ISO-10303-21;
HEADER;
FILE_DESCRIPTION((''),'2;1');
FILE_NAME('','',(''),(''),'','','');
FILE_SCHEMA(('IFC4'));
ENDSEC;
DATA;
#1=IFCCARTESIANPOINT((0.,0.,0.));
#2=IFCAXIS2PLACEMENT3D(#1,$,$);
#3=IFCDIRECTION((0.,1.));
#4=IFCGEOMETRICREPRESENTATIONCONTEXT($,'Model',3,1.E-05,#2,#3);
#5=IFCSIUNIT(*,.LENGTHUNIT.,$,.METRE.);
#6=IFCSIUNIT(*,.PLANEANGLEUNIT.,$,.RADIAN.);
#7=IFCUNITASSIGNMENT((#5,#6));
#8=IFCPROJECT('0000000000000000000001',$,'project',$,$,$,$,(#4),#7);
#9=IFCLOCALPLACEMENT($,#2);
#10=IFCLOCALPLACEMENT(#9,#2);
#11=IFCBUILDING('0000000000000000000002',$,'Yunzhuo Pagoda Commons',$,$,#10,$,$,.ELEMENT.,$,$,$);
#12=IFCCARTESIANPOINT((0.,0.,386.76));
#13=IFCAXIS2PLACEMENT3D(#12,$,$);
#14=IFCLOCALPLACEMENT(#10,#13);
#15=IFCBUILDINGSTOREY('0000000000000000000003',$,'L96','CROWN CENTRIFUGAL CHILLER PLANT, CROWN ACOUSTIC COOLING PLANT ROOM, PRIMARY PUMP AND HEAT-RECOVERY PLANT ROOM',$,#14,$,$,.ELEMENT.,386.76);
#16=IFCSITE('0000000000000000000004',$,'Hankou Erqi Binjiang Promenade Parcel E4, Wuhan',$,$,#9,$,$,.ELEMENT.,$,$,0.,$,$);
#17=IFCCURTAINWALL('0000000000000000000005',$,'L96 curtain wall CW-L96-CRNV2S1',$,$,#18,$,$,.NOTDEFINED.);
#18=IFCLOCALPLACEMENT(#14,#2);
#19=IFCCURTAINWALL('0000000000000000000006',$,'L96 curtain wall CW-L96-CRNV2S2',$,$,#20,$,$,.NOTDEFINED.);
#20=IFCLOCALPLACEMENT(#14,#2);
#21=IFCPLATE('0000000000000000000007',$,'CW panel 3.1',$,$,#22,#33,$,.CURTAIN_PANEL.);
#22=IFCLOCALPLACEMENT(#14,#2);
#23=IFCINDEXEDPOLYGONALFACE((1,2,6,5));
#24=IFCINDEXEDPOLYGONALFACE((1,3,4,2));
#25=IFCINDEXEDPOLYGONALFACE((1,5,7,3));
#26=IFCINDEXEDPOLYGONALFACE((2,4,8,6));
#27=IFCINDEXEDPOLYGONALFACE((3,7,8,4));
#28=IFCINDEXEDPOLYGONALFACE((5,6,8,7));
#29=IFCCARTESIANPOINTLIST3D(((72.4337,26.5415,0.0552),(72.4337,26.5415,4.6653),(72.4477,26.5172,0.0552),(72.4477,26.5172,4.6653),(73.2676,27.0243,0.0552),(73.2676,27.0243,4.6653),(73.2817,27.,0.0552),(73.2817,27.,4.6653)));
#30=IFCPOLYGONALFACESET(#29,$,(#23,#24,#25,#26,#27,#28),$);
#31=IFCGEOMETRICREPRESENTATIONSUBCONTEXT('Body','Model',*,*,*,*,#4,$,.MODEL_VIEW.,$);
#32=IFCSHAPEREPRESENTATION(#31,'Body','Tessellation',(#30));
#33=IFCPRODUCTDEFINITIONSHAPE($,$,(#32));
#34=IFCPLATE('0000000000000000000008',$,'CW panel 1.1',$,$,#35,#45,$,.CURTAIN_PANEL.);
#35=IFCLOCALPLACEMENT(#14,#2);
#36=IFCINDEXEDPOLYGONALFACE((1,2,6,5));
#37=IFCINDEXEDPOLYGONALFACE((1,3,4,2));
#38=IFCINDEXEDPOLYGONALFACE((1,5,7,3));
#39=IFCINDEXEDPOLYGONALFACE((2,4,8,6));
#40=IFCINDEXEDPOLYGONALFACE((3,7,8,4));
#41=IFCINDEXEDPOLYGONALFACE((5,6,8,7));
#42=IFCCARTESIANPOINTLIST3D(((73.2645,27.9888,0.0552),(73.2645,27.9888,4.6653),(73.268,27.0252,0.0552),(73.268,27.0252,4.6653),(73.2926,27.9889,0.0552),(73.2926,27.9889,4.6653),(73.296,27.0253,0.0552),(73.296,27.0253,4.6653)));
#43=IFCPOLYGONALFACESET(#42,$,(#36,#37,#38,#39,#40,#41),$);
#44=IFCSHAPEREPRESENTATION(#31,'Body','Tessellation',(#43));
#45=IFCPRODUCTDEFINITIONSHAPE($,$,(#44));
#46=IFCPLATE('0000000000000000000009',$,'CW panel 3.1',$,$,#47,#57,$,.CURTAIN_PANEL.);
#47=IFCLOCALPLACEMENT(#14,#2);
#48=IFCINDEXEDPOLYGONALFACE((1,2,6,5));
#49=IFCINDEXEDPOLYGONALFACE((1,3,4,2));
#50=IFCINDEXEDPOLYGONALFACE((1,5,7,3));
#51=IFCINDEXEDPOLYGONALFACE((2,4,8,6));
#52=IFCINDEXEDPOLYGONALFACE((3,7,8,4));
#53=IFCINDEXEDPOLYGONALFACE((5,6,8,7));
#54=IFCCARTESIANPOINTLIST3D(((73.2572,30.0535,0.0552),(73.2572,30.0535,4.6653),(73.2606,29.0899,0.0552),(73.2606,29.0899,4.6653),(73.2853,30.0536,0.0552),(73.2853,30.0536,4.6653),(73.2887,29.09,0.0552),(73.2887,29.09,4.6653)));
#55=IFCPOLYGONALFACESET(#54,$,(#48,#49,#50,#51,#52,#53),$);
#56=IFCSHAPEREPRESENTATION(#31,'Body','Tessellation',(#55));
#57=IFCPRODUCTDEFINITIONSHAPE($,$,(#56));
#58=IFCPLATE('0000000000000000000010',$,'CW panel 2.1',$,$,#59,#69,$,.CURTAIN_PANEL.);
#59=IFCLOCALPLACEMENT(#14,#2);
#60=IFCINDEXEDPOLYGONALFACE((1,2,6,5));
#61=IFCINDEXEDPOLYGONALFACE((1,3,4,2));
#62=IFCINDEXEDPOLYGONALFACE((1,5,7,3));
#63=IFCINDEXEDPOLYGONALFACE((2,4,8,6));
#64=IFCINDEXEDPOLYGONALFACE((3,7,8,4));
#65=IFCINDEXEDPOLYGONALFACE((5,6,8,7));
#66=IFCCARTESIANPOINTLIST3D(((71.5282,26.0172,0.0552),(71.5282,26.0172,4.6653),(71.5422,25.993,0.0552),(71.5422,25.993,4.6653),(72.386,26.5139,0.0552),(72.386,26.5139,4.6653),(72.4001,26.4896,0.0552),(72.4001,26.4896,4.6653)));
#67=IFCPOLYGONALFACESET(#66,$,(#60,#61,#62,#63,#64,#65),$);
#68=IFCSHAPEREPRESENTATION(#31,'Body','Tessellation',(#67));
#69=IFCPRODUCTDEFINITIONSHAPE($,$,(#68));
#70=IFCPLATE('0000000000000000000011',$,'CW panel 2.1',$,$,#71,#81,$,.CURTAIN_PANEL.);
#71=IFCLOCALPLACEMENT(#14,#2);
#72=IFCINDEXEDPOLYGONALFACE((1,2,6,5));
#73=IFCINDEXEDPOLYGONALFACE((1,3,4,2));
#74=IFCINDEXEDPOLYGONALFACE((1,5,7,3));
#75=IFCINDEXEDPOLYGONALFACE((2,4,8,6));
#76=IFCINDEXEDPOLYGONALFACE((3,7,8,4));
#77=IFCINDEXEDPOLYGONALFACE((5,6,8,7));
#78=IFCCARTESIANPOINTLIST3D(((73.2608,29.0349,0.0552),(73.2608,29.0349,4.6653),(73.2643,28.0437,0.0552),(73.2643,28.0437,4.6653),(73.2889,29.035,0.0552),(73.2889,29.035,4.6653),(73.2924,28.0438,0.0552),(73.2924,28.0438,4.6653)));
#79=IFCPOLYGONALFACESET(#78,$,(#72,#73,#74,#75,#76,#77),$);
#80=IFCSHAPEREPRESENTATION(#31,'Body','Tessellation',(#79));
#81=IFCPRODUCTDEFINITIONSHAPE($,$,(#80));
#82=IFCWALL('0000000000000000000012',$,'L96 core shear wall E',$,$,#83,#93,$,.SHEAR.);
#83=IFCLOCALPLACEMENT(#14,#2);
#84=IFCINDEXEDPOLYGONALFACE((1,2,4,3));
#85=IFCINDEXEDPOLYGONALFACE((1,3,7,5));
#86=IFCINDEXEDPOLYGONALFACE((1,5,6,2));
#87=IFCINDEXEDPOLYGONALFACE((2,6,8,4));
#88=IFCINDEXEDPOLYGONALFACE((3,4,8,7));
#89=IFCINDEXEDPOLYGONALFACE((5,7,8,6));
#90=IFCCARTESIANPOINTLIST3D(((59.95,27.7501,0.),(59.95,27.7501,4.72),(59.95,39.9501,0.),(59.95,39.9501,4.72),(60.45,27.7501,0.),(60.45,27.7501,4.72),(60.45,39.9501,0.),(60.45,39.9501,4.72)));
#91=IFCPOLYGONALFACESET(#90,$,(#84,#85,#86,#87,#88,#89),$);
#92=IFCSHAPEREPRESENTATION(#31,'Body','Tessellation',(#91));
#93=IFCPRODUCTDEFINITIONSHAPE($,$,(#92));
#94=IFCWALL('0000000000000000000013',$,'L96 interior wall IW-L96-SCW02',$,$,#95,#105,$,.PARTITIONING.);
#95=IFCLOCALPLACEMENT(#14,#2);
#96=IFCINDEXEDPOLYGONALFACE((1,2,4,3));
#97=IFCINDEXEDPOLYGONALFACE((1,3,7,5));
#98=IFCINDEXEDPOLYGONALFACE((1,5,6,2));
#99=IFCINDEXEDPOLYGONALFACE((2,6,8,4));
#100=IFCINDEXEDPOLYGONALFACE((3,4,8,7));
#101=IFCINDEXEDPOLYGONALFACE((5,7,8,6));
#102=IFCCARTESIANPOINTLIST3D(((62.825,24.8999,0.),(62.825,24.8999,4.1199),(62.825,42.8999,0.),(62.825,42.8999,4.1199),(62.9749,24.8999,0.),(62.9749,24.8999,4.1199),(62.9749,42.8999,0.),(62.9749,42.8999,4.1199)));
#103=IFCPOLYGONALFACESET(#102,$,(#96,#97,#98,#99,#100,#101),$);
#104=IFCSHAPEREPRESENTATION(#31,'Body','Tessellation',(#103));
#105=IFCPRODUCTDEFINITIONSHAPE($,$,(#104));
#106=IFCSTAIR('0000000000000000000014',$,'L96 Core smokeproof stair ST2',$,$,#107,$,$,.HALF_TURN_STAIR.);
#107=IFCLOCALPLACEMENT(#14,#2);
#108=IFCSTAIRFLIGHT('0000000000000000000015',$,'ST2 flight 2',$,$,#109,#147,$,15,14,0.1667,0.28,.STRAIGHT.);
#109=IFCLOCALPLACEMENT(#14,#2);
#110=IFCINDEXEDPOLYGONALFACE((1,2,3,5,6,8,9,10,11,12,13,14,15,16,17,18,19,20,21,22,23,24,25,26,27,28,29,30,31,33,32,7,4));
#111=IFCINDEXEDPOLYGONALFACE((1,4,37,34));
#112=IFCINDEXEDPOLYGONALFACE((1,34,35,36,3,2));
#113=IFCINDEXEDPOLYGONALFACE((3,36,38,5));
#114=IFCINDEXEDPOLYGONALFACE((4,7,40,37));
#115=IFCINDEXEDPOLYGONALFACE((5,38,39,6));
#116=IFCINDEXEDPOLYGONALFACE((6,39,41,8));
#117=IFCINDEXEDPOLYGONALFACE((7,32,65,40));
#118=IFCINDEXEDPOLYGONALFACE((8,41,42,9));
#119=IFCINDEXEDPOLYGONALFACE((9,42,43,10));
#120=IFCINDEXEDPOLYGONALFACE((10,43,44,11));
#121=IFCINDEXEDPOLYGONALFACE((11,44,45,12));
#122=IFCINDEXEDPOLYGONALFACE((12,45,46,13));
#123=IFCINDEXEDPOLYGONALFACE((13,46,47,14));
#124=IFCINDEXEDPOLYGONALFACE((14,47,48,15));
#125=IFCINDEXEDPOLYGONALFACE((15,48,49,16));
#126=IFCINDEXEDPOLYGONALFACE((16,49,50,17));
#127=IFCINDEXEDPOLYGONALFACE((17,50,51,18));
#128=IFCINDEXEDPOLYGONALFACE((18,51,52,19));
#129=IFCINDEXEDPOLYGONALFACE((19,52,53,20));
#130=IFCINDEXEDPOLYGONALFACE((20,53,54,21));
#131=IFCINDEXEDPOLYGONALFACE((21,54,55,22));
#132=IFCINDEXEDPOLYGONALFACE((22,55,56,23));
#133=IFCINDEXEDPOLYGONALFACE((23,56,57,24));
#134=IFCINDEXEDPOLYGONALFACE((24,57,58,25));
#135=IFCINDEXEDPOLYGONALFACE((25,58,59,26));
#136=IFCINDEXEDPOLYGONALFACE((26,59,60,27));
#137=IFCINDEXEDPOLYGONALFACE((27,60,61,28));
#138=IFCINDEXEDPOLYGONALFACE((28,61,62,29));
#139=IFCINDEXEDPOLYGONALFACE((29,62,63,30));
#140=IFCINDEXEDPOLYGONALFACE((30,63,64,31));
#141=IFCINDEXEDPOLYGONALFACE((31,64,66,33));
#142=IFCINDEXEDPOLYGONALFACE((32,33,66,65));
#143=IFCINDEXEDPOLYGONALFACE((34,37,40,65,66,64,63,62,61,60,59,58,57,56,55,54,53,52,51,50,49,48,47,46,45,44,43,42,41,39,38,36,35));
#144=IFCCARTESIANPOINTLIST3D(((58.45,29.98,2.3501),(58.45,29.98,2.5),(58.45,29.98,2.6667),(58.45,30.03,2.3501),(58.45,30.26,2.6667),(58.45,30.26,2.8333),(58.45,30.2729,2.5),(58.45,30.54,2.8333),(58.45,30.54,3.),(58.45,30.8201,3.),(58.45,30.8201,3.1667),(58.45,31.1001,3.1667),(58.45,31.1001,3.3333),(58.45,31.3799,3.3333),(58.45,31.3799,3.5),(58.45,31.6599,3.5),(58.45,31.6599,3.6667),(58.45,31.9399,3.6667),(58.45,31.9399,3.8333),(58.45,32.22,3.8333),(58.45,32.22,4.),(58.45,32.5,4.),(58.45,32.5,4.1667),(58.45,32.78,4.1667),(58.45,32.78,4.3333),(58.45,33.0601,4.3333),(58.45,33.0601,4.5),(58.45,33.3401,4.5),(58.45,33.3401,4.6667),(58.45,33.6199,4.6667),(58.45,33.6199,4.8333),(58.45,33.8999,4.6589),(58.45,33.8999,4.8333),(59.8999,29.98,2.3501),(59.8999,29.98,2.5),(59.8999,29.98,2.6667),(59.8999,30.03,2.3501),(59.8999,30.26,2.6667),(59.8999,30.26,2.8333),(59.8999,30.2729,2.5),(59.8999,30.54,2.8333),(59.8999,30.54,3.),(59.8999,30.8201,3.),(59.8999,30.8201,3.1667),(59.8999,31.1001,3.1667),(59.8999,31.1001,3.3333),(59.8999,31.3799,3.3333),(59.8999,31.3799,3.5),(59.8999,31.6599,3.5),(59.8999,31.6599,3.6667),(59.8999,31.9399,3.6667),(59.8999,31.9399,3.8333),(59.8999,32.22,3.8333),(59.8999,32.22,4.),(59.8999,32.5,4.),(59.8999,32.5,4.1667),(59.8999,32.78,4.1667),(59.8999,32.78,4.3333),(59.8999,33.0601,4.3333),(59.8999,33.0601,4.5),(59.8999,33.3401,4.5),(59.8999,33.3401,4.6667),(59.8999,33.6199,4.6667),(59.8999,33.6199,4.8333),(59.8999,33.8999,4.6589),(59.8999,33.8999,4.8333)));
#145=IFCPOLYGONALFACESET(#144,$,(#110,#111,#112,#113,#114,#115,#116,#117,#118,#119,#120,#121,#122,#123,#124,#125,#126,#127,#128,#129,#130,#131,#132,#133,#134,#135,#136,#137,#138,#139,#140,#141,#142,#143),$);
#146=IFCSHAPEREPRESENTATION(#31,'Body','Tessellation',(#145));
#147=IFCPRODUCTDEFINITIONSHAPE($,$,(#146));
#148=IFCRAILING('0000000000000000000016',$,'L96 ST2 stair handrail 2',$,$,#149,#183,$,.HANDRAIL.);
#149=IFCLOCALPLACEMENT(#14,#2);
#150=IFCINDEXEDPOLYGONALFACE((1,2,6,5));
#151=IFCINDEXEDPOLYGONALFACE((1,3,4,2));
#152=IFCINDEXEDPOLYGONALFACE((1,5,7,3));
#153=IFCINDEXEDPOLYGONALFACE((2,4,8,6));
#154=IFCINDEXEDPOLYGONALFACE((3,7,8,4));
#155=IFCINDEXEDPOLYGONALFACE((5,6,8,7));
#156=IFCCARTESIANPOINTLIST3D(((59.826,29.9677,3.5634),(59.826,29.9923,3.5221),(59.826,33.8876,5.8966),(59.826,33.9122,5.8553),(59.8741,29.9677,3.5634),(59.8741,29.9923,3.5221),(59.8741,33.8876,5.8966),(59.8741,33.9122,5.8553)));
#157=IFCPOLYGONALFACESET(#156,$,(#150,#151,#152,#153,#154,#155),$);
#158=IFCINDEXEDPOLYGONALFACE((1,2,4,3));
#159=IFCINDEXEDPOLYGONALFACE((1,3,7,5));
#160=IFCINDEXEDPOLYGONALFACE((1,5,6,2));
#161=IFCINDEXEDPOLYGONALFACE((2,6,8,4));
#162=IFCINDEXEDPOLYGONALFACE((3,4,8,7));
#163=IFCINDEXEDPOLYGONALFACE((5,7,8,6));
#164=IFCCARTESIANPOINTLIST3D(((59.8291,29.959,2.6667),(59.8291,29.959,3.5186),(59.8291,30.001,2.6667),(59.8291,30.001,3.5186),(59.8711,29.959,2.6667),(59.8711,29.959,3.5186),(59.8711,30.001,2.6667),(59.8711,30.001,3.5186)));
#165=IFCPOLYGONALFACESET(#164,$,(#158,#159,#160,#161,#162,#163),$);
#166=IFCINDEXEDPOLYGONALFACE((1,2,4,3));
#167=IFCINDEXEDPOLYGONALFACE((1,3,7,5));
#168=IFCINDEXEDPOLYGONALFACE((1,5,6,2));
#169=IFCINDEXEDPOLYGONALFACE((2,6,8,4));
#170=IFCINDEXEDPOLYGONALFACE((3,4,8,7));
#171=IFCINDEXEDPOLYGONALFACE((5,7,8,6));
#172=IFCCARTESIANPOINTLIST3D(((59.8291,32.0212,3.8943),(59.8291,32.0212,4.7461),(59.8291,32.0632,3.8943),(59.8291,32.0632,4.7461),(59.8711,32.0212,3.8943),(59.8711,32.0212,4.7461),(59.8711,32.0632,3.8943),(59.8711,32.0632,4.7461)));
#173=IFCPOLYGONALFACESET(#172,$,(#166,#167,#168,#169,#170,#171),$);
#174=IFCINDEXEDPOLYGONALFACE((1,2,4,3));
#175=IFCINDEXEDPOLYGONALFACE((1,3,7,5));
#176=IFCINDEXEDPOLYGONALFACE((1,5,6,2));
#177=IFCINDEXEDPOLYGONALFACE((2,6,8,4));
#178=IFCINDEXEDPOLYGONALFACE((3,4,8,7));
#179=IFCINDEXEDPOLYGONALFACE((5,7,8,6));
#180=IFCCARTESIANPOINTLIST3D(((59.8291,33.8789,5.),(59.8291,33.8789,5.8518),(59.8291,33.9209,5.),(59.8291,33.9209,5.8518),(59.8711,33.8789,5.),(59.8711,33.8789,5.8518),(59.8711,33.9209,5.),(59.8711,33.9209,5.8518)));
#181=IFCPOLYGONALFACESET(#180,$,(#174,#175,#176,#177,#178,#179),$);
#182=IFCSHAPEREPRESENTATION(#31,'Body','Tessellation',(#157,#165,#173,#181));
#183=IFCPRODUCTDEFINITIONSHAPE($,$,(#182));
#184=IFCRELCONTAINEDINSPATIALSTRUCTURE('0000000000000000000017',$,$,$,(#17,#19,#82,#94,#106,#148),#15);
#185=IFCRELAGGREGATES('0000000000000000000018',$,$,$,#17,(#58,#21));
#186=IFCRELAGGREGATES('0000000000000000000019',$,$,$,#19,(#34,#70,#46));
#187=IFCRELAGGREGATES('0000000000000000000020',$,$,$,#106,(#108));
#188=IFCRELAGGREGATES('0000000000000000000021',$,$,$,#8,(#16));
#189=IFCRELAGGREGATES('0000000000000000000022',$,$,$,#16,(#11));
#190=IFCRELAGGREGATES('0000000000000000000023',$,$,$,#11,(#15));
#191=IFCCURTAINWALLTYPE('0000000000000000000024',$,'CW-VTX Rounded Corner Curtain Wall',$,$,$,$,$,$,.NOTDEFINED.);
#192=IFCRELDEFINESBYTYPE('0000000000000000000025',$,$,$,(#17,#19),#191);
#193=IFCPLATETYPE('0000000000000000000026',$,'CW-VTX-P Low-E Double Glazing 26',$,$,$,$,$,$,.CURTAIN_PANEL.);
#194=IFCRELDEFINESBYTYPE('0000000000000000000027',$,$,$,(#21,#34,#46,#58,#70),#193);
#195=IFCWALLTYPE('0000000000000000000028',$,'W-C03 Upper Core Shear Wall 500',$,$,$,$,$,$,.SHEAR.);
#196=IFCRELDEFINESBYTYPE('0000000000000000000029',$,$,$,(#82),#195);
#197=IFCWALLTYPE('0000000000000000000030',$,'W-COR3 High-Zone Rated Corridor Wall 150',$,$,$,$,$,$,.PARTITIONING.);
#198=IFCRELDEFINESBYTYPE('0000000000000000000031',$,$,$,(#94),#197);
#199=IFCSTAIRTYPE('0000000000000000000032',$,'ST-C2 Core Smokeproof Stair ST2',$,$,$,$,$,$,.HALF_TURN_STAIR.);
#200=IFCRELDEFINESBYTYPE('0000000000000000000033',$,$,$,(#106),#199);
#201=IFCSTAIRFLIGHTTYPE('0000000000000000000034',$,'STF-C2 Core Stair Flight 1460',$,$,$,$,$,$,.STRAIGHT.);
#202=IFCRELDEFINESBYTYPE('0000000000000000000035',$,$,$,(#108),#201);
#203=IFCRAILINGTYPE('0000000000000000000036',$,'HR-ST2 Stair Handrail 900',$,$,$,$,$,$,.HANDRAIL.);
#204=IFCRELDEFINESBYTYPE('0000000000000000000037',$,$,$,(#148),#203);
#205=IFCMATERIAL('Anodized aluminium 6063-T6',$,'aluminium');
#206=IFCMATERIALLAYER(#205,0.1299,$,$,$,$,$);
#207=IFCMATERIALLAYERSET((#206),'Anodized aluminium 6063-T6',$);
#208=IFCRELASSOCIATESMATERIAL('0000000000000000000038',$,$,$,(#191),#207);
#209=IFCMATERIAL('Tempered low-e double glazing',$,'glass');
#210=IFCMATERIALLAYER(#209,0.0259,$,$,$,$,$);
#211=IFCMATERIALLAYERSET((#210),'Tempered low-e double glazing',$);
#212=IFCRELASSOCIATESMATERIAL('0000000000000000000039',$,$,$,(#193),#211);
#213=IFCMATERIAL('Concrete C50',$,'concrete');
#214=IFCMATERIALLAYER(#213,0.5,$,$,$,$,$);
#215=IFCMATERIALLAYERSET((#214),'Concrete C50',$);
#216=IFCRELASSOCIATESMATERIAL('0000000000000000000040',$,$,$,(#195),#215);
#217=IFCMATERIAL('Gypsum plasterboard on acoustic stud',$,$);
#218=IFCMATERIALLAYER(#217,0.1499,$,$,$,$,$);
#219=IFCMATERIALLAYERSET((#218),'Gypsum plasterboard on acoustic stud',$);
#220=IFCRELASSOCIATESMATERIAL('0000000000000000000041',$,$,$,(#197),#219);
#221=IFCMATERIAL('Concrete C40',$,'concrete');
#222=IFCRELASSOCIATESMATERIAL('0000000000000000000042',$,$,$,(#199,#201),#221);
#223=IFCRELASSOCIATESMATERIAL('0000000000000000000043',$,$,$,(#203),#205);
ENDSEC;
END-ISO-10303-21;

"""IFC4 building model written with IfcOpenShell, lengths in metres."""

from ifc_helpers import new_model, si_unit, direction, frame, frame_2d, origin, origin_2d, place, context, subcontext, project, spatial, polyline, rectangle, outline, extrude, source, transform, mapped, material, layer, layer_set, type_object, element, aggregate, save


model = new_model("IFC4")

# Units and contexts
model_context = context("Model", 3, precision=1e-05, world=origin(), true_north=direction((0.0, 1.0)))
body_context = subcontext(model_context, "Body", "Model", "MODEL_VIEW")
ifc_project = project(units=[si_unit("LENGTHUNIT", "METRE"), si_unit("PLANEANGLEUNIT", "RADIAN")], contexts=[model_context])

# Site, building, storey
site_placement = place(None, origin())
site = spatial("IfcSite", under=ifc_project, at=site_placement, Name="Hankou Erqi Binjiang Promenade Parcel E4, Wuhan", CompositionType="ELEMENT", RefElevation=0.0)
building_placement = place(site_placement, origin())
building = spatial("IfcBuilding", under=site, at=building_placement, Name="Yunzhuo Pagoda Commons", CompositionType="ELEMENT")
storey_placement = place(building_placement, frame((0.0, 0.0, 386.76)))
storey = spatial("IfcBuildingStorey", under=building, at=storey_placement, Name="L96", Description="CROWN CENTRIFUGAL CHILLER PLANT, CROWN ACOUSTIC COOLING PLANT ROOM, PRIMARY PUMP AND HEAT-RECOVERY PLANT ROOM", CompositionType="ELEMENT", Elevation=386.76)

# Curtain walls
ifc_material_1 = material(Name="Anodized aluminium 6063-T6", Category="aluminium")
ifc_layer_1 = layer(ifc_material_1, 0.1299)
ifc_layer_set_1 = layer_set([ifc_layer_1], Name="Anodized aluminium 6063-T6")
curtain_wall_type_1 = type_object("IfcCurtainWallType", Name="CW-VTX Rounded Corner Curtain Wall", PredefinedType="NOTDEFINED", material=ifc_layer_set_1)
curtain_wall_1_placement = place(storey_placement, origin())
curtain_wall_1 = element("IfcCurtainWall", 1, at=curtain_wall_1_placement, inside=storey, type_object=curtain_wall_type_1, Name="L96 curtain wall CW-L96-CRNV2S1", PredefinedType="NOTDEFINED")
curtain_wall_2_placement = place(storey_placement, origin())
curtain_wall_2 = element("IfcCurtainWall", 2, at=curtain_wall_2_placement, inside=storey, type_object=curtain_wall_type_1, Name="L96 curtain wall CW-L96-CRNV2S2", PredefinedType="NOTDEFINED")

# Plates
ifc_material_2 = material(Name="Tempered low-e double glazing", Category="glass")
ifc_layer_2 = layer(ifc_material_2, 0.0259)
ifc_layer_set_2 = layer_set([ifc_layer_2], Name="Tempered low-e double glazing")
plate_type_1 = type_object("IfcPlateType", Name="CW-VTX-P Low-E Double Glazing 26", PredefinedType="CURTAIN_PANEL", material=ifc_layer_set_2)
shared_shape_1 = source(origin(), body_context, "Body", "SweptSolid", [
    extrude(rectangle(XDim=0.9636, YDim=0.0281, at=origin_2d()), origin(), (0.0, 0.0, 1.0), 4.6101),
])
plate_1_placement = place(storey_placement, frame((72.8577, 26.7708, 0.0552), z_axis=(0.0, 0.0, 1.0), x_axis=(0.865423, 0.501041, 0.0)))
plate_1 = element("IfcPlate", 3, at=plate_1_placement, type_object=plate_type_1, Name="CW panel 3.1", PredefinedType="CURTAIN_PANEL", context=body_context, shape_type="MappedRepresentation", body=[
    mapped(shared_shape_1, transform((0.0, 0.0, 0.0), scale=1.0)),
])
plate_2_placement = place(storey_placement, frame((73.2803, 27.5071, 0.0552), z_axis=(0.0, 0.0, 1.0), x_axis=(-0.003569, 0.999994, 0.0)))
plate_2 = element("IfcPlate", 4, at=plate_2_placement, type_object=plate_type_1, Name="CW panel 1.1", PredefinedType="CURTAIN_PANEL", context=body_context, shape_type="MappedRepresentation", body=[
    mapped(shared_shape_1, transform((0.0, 0.0, 0.0), scale=1.0)),
])
plate_3_placement = place(storey_placement, frame((73.2729, 29.5718, 0.0552), z_axis=(0.0, 0.0, 1.0), x_axis=(-0.003569, 0.999994, 0.0)))
plate_3 = element("IfcPlate", 5, at=plate_3_placement, type_object=plate_type_1, Name="CW panel 3.1", PredefinedType="CURTAIN_PANEL", context=body_context, shape_type="MappedRepresentation", body=[
    mapped(shared_shape_1, transform((0.0, 0.0, 0.0), scale=1.0)),
])
shared_shape_2 = source(origin(), body_context, "Body", "SweptSolid", [
    extrude(rectangle(XDim=0.9912, YDim=0.0281, at=origin_2d()), origin(), (0.0, 0.0, 1.0), 4.6101),
])
plate_4_placement = place(storey_placement, frame((71.9641, 26.2534, 0.0552), z_axis=(0.0, 0.0, 1.0), x_axis=(0.865423, 0.501041, 0.0)))
plate_4 = element("IfcPlate", 6, at=plate_4_placement, type_object=plate_type_1, Name="CW panel 2.1", PredefinedType="CURTAIN_PANEL", context=body_context, shape_type="MappedRepresentation", body=[
    mapped(shared_shape_2, transform((0.0, 0.0, 0.0), scale=1.0)),
])
aggregate(curtain_wall_1, [plate_4, plate_1])
plate_5_placement = place(storey_placement, frame((73.2766, 28.5393, 0.0552), z_axis=(0.0, 0.0, 1.0), x_axis=(-0.003569, 0.999994, 0.0)))
plate_5 = element("IfcPlate", 7, at=plate_5_placement, type_object=plate_type_1, Name="CW panel 2.1", PredefinedType="CURTAIN_PANEL", context=body_context, shape_type="MappedRepresentation", body=[
    mapped(shared_shape_2, transform((0.0, 0.0, 0.0), scale=1.0)),
])
aggregate(curtain_wall_2, [plate_2, plate_5, plate_3])

# Walls
ifc_material_3 = material(Name="Concrete C50", Category="concrete")
ifc_layer_3 = layer(ifc_material_3, 0.5)
ifc_layer_set_3 = layer_set([ifc_layer_3], Name="Concrete C50")
wall_type_1 = type_object("IfcWallType", Name="W-C03 Upper Core Shear Wall 500", PredefinedType="SHEAR", material=ifc_layer_set_3)
wall_1_placement = place(storey_placement, frame((60.2, 27.75, 0.0), z_axis=(0.0, 0.0, 1.0), x_axis=(0.0, 1.0, 0.0)))
element("IfcWall", 8, at=wall_1_placement, inside=storey, type_object=wall_type_1, Name="L96 core shear wall E", PredefinedType="SHEAR", context=body_context, shape_type="SweptSolid", body=[
    extrude(rectangle(XDim=12.2, YDim=0.5, at=frame_2d((6.1001, 0.0))), origin(), (0.0, 0.0, 1.0), 4.72),
])
ifc_material_4 = material(Name="Gypsum plasterboard on acoustic stud")
ifc_layer_4 = layer(ifc_material_4, 0.1499)
ifc_layer_set_4 = layer_set([ifc_layer_4], Name="Gypsum plasterboard on acoustic stud")
wall_type_2 = type_object("IfcWallType", Name="W-COR3 High-Zone Rated Corridor Wall 150", PredefinedType="PARTITIONING", material=ifc_layer_set_4)
wall_2_placement = place(storey_placement, frame((62.8999, 24.8999, 0.0), z_axis=(0.0, 0.0, 1.0), x_axis=(0.0, 1.0, 0.0)))
element("IfcWall", 9, at=wall_2_placement, inside=storey, type_object=wall_type_2, Name="L96 interior wall IW-L96-SCW02", PredefinedType="PARTITIONING", context=body_context, shape_type="SweptSolid", body=[
    extrude(rectangle(XDim=18.0, YDim=0.1499, at=frame_2d((9.0, 0.0))), origin(), (0.0, 0.0, 1.0), 4.1199),
])

# Stair, stair flight
ifc_material_5 = material(Name="Concrete C40", Category="concrete")
stair_type = type_object("IfcStairType", Name="ST-C2 Core Smokeproof Stair ST2", PredefinedType="HALF_TURN_STAIR", material=ifc_material_5)
stair_placement = place(storey_placement, origin())
stair = element("IfcStair", 10, at=stair_placement, inside=storey, type_object=stair_type, Name="L96 Core smokeproof stair ST2", PredefinedType="HALF_TURN_STAIR")
stair_flight_type = type_object("IfcStairFlightType", Name="STF-C2 Core Stair Flight 1460", PredefinedType="STRAIGHT", material=ifc_material_5)
shared_shape_3 = source(origin(), body_context, "Body", "SweptSolid", [
    extrude(outline(polyline([(0.0, -0.1499), (0.0, 0.0), (0.0, 0.1667), (0.28, 0.1667), (0.28, 0.3333), (0.5601, 0.3333), (0.5601, 0.5), (0.8401, 0.5), (0.8401, 0.6667), (1.1201, 0.6667), (1.1201, 0.8333), (1.3999, 0.8333), (1.3999, 1.0), (1.6799, 1.0), (1.6799, 1.1667), (1.96, 1.1667), (1.96, 1.3333), (2.24, 1.3333), (2.24, 1.5), (2.52, 1.5), (2.52, 1.6667), (2.8, 1.6667), (2.8, 1.8333), (3.0801, 1.8333), (3.0801, 2.0), (3.3601, 2.0), (3.3601, 2.1667), (3.6399, 2.1667), (3.6399, 2.3333), (3.9199, 2.3333), (3.9199, 2.5), (3.9199, 2.1589), (0.293, 0.0), (0.05, -0.1499), (0.0, -0.1499)])), frame((0.0, 0.7251, 0.0), z_axis=(0.0, -1.0, 0.0), x_axis=(1.0, 0.0, 0.0)), (0.0, 0.0, 1.0), 1.45),
])
stair_flight_placement = place(storey_placement, frame((59.175, 29.98, 2.5), z_axis=(0.0, 0.0, 1.0), x_axis=(0.0, 1.0, 0.0)))
stair_flight = element("IfcStairFlight", 11, at=stair_flight_placement, type_object=stair_flight_type, Name="ST2 flight 2", NumberOfRisers=15, NumberOfTreads=14, PredefinedType="STRAIGHT", RiserHeight=0.1667, TreadLength=0.28, context=body_context, shape_type="MappedRepresentation", body=[
    mapped(shared_shape_3, transform((0.0, 0.0, 0.0), scale=1.0)),
])
aggregate(stair, [stair_flight])

# Railing
railing_type = type_object("IfcRailingType", Name="HR-ST2 Stair Handrail 900", PredefinedType="HANDRAIL", material=ifc_material_1)
railing_placement = place(storey_placement, frame((59.8501, 29.98, 2.6667)))
element("IfcRailing", 12, at=railing_placement, inside=storey, type_object=railing_type, Name="L96 ST2 stair handrail 2", PredefinedType="HANDRAIL", context=body_context, shape_type="SweptSolid", body=[
    extrude(rectangle(XDim=0.0481, YDim=0.0481, at=origin_2d()), frame((0.0, 0.0, 0.876), z_axis=(0.0, 0.859296, 0.511478), x_axis=(-1.0, 0.0, 0.0)), (0.0, 0.0, 1.0), 4.5618),
    extrude(rectangle(XDim=0.042, YDim=0.042, at=origin_2d()), origin(), (0.0, 0.0, 1.0), 0.8518),
    extrude(rectangle(XDim=0.042, YDim=0.042, at=origin_2d()), frame((0.0, 2.0623, 1.2275)), (0.0, 0.0, 1.0), 0.8518),
    extrude(rectangle(XDim=0.042, YDim=0.042, at=origin_2d()), frame((0.0, 3.9199, 2.3333)), (0.0, 0.0, 1.0), 0.8518),
])

save(model, "model.ifc")
